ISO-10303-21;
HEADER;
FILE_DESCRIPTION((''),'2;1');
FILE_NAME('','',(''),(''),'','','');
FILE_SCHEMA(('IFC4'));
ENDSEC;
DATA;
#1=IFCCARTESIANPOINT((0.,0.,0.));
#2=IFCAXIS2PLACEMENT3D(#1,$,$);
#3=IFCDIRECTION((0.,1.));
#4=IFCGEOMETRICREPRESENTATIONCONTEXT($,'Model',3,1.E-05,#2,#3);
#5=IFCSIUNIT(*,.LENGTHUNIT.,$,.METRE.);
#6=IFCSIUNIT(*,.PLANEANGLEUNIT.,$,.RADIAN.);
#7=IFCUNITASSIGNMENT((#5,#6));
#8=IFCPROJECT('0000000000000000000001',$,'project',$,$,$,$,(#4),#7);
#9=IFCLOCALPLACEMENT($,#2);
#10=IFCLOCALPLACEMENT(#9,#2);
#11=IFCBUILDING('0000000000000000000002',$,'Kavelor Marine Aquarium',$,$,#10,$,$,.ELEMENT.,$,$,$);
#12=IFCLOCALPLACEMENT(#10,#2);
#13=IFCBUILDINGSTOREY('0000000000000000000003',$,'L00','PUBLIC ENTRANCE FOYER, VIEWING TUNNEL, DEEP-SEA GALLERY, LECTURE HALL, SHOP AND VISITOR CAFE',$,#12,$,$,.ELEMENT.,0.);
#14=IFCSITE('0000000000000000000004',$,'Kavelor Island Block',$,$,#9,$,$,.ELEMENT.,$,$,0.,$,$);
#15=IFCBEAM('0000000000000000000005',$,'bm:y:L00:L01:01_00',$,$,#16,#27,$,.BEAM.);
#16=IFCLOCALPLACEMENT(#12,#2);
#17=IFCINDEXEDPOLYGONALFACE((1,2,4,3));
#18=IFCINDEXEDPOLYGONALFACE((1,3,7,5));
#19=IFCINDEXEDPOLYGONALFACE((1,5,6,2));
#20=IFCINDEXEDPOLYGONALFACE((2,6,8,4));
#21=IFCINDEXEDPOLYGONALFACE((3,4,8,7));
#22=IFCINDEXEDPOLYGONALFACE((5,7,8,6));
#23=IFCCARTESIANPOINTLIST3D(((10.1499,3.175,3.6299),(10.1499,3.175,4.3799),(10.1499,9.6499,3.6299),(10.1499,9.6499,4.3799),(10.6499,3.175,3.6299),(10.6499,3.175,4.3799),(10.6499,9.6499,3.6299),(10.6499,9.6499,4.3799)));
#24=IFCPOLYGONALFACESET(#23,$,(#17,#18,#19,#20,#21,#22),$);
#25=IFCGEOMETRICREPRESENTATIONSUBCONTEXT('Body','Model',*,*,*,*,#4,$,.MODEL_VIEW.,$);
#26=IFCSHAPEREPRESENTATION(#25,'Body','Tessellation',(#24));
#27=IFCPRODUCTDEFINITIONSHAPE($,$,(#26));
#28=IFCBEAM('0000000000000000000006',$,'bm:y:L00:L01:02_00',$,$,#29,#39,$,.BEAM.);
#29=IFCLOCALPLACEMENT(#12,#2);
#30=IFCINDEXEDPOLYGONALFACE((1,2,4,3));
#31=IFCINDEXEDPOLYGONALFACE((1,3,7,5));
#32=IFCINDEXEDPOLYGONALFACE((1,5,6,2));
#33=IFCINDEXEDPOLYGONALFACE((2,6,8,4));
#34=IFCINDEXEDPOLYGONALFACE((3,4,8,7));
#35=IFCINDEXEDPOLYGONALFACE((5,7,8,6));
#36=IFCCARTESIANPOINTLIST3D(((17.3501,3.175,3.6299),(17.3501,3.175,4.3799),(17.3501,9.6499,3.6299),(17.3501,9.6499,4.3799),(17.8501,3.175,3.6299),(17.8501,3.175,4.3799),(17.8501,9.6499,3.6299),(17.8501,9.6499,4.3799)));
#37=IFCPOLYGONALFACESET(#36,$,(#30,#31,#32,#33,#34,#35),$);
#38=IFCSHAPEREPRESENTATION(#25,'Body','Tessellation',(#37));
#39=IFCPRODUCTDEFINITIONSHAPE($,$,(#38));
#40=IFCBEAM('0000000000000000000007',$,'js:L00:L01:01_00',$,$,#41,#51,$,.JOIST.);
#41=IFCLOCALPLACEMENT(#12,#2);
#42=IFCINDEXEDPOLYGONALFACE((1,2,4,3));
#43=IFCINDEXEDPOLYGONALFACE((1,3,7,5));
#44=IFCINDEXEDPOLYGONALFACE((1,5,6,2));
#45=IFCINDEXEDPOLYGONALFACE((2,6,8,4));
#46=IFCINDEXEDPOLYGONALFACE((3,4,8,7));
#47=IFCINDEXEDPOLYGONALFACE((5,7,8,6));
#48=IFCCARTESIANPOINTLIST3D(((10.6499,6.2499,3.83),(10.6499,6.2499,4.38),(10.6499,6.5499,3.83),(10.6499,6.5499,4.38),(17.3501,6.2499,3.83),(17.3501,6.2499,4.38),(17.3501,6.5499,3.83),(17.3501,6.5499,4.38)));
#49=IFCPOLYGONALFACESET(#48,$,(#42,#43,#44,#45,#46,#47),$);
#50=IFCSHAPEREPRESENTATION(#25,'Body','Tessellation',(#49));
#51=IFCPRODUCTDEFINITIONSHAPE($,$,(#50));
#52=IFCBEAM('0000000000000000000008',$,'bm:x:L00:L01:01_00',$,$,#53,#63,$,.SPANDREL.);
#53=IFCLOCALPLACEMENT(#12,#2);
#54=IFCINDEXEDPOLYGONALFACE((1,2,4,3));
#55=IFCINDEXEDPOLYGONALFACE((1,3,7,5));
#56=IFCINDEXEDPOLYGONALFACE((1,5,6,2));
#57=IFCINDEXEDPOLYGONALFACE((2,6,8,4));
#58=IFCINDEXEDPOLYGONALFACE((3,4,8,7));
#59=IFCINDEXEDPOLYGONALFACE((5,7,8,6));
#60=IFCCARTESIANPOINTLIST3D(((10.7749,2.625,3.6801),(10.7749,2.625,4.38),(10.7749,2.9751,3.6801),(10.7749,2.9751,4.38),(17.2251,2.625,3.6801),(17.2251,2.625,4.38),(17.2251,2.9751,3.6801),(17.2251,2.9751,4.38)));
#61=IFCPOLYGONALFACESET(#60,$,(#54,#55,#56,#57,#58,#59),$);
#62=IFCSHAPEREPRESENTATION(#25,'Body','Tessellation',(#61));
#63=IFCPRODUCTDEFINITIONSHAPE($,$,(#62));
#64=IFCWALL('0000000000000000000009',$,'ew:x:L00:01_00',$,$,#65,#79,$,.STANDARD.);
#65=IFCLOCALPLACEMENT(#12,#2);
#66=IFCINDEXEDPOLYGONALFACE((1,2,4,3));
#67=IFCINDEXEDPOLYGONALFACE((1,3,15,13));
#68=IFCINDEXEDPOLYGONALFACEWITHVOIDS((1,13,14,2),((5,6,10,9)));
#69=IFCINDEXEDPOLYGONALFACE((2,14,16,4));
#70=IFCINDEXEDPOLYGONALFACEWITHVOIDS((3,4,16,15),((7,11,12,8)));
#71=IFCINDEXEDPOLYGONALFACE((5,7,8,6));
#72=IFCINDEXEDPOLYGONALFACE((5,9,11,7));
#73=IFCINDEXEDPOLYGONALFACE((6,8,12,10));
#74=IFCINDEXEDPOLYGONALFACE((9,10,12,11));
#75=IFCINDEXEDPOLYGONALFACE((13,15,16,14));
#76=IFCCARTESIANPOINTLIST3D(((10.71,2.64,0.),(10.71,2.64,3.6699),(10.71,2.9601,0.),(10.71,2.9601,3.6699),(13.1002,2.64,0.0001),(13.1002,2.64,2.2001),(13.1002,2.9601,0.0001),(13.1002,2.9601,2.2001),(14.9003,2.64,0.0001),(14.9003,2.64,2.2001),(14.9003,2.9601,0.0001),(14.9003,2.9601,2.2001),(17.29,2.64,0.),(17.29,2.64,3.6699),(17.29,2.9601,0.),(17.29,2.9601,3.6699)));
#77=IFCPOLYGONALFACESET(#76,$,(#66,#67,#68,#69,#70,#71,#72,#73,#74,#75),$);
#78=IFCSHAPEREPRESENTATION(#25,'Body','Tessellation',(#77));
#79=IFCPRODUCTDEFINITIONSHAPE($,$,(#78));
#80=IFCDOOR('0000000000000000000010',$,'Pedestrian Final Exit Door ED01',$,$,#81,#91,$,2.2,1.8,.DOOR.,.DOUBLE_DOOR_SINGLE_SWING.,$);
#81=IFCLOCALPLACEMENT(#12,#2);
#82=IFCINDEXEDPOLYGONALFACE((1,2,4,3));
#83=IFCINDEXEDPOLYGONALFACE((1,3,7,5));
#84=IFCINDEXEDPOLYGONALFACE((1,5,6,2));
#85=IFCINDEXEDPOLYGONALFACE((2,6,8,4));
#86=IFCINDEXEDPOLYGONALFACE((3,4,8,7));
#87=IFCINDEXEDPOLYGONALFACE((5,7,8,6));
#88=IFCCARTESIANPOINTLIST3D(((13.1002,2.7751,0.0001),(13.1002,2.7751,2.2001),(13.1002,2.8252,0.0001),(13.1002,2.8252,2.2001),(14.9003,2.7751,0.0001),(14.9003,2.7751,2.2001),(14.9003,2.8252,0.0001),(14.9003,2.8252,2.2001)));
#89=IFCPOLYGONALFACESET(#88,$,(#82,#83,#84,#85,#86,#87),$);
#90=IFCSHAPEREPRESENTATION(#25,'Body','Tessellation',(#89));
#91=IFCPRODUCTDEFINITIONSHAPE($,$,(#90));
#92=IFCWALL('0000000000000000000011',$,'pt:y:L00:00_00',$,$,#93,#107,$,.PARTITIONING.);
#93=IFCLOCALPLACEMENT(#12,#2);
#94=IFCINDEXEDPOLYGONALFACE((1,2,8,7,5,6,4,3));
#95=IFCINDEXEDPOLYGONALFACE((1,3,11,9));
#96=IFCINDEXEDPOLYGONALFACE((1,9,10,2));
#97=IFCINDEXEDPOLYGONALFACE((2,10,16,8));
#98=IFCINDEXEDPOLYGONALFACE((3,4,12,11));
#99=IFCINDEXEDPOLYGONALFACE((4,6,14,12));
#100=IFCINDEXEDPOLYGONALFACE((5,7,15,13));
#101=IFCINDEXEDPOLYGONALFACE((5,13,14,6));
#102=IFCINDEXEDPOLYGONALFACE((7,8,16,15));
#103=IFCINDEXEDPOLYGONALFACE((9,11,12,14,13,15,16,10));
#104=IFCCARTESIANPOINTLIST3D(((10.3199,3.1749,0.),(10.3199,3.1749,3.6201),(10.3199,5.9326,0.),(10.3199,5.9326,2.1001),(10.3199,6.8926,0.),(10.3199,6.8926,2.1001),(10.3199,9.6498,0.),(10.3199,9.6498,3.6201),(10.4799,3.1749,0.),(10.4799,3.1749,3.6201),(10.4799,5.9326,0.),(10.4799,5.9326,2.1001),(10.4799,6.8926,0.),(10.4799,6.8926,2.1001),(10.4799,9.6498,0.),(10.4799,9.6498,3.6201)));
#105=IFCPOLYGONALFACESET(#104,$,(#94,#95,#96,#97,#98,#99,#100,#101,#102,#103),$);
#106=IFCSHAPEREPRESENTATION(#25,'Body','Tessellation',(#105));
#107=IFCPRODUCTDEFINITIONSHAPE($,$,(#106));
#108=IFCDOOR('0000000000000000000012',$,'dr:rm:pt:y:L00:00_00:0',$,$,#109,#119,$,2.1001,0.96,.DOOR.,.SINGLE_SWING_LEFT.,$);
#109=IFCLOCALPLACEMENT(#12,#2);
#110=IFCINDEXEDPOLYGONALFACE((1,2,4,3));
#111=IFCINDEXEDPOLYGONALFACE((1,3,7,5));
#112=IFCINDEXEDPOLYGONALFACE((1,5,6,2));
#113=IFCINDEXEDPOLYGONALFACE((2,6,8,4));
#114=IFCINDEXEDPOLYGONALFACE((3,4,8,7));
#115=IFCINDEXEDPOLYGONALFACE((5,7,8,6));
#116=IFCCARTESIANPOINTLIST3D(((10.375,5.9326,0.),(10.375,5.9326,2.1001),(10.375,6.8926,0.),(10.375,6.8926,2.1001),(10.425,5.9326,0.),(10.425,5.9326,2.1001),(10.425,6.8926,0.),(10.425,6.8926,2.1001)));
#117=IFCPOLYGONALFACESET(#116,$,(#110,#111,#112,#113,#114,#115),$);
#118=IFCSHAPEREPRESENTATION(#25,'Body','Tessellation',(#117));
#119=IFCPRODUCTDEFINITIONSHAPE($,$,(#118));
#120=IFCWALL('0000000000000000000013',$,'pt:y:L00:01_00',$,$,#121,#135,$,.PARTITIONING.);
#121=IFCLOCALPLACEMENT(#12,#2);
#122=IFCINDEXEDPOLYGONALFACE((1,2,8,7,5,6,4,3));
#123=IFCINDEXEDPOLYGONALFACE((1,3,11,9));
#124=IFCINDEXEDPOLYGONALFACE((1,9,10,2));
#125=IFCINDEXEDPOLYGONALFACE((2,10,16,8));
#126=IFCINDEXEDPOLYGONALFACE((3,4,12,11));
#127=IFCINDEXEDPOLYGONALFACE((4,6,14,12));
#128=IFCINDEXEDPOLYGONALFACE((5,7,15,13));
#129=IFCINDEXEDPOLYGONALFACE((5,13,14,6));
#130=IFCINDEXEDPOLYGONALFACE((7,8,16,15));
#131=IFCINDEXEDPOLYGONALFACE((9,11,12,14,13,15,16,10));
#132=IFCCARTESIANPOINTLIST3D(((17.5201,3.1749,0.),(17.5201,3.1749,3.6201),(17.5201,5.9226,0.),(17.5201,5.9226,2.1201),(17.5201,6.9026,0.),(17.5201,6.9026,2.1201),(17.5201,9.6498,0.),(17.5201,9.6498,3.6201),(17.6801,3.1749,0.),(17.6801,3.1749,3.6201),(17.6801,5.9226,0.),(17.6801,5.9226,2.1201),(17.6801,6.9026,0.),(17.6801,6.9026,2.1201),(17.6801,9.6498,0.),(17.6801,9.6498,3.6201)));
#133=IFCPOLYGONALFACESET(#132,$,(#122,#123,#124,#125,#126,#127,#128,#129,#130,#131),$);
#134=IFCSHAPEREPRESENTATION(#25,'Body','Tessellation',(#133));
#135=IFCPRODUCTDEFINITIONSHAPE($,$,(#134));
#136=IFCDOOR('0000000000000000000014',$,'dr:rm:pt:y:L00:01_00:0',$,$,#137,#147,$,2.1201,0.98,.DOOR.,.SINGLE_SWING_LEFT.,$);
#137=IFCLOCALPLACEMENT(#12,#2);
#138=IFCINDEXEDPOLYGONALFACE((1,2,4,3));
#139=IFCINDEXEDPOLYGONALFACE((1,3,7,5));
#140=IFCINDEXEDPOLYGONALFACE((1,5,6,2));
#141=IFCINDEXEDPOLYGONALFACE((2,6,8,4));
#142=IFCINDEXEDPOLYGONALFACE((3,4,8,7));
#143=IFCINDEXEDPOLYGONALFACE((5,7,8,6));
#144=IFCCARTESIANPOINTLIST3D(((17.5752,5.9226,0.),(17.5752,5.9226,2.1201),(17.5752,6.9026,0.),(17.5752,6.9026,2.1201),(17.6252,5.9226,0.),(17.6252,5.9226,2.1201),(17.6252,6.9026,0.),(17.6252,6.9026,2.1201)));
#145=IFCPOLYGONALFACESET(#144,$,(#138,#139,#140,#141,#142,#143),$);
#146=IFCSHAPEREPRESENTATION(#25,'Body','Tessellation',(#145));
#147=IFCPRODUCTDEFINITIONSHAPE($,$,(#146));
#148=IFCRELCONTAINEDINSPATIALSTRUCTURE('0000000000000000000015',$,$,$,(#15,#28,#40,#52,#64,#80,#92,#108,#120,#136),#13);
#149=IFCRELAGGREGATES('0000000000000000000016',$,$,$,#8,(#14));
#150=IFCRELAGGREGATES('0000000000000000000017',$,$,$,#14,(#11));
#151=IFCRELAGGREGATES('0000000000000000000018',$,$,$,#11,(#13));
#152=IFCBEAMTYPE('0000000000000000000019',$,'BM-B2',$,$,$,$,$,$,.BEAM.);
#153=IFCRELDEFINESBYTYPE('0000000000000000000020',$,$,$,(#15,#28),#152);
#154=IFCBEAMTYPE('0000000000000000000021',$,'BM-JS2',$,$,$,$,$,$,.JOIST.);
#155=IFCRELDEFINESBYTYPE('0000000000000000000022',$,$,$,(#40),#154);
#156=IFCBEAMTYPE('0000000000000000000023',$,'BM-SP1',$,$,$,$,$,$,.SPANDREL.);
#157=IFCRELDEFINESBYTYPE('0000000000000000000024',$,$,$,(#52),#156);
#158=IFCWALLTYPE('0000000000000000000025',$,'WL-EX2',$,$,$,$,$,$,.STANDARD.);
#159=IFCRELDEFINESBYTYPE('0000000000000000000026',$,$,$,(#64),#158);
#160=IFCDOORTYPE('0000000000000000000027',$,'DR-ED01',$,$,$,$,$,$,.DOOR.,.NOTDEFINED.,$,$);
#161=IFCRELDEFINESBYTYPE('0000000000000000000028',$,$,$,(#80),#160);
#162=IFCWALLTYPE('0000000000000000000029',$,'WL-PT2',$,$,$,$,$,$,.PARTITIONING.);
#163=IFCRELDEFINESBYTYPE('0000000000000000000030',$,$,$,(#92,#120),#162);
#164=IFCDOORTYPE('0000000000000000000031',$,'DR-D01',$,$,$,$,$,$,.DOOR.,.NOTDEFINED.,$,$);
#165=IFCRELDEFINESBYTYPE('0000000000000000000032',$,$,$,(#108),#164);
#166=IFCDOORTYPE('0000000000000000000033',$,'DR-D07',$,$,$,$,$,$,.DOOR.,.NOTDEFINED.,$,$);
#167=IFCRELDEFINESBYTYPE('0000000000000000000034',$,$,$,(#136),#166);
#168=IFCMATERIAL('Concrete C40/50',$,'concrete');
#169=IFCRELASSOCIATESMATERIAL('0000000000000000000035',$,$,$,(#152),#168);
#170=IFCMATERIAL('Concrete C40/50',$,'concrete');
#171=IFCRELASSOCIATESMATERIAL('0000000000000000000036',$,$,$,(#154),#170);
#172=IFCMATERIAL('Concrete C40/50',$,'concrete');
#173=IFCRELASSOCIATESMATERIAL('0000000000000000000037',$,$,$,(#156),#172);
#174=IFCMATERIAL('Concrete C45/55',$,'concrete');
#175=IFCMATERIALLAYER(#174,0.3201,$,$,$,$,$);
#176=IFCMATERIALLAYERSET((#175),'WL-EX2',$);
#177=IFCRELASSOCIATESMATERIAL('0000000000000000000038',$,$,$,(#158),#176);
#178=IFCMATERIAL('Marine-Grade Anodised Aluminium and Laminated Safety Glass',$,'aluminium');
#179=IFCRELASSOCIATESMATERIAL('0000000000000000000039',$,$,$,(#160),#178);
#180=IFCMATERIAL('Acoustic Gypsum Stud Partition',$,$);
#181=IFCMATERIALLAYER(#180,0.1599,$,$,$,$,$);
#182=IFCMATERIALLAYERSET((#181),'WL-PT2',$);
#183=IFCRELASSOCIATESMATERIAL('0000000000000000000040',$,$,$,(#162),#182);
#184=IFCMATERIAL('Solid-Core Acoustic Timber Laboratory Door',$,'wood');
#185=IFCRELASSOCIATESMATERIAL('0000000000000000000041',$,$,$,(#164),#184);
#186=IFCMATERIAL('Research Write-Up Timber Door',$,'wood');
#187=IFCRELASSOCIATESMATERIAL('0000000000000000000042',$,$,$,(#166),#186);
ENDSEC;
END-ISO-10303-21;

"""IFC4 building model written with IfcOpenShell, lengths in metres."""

from ifc_helpers import new_model, si_unit, direction, frame, frame_2d, origin, origin_2d, place, context, subcontext, project, spatial, rectangle, extrude, material, layer, layer_set, material_profile, profile_set, type_object, element, fill, save


model = new_model("IFC4")

# Units and contexts
model_context = context("Model", 3, precision=1e-05, world=origin(), true_north=direction((0.0, 1.0)))
body_context = subcontext(model_context, "Body", "Model", "MODEL_VIEW")
ifc_project = project(units=[si_unit("LENGTHUNIT", "METRE"), si_unit("PLANEANGLEUNIT", "RADIAN")], contexts=[model_context])

# Site, building, storey
site_placement = place(None, origin())
site = spatial("IfcSite", under=ifc_project, at=site_placement, Name="Kavelor Island Block", CompositionType="ELEMENT", RefElevation=0.0)
building_placement = place(site_placement, origin())
building = spatial("IfcBuilding", under=site, at=building_placement, Name="Kavelor Marine Aquarium", CompositionType="ELEMENT")
storey_placement = place(building_placement, origin())
storey = spatial("IfcBuildingStorey", under=building, at=storey_placement, Name="L00", Description="PUBLIC ENTRANCE FOYER, VIEWING TUNNEL, DEEP-SEA GALLERY, LECTURE HALL, SHOP AND VISITOR CAFE", CompositionType="ELEMENT", Elevation=0.0)

# Beams
ifc_material_1 = material(Name="Concrete C40/50", Category="concrete")
ifc_material_profile_1 = material_profile(ifc_material_1, rectangle(XDim=0.5, YDim=0.75, at=origin_2d()), Name="RC-BM 500x750")
ifc_profile_set_1 = profile_set([ifc_material_profile_1], Name="Concrete C40/50")
beam_type_1 = type_object("IfcBeamType", Name="BM-B2", PredefinedType="BEAM", material=ifc_profile_set_1)
for number, where, z_axis, x_axis, name in (
    (1, (10.3999, 3.175, 4.0049), (0.0, 1.0, 0.0), (-1.0, 0.0, 0.0), "bm:y:L00:L01:01_00"),
    (2, (17.6001, 3.175, 4.0049), (0.0, 1.0, 0.0), (-1.0, 0.0, 0.0), "bm:y:L00:L01:02_00"),
):
    element("IfcBeam", number, at=place(storey_placement, frame(where, z_axis=z_axis, x_axis=x_axis)), inside=storey, type_object=beam_type_1, Name=name, PredefinedType="BEAM", context=body_context, shape_type="SweptSolid", body=[
        extrude(rectangle(XDim=0.5, YDim=0.75, at=origin_2d()), origin(), (0.0, 0.0, 1.0), 6.4749),
    ])
ifc_material_2 = material(Name="Concrete C40/50", Category="concrete")
ifc_material_profile_2 = material_profile(ifc_material_2, rectangle(XDim=0.3, YDim=0.55, at=origin_2d()), Name="RC-JS 300x550")
ifc_profile_set_2 = profile_set([ifc_material_profile_2], Name="Concrete C40/50")
beam_type_2 = type_object("IfcBeamType", Name="BM-JS2", PredefinedType="JOIST", material=ifc_profile_set_2)
beam_1_placement = place(storey_placement, frame((10.6499, 6.3999, 4.105), z_axis=(1.0, 0.0, 0.0), x_axis=(0.0, 1.0, 0.0)))
element("IfcBeam", 3, at=beam_1_placement, inside=storey, type_object=beam_type_2, Name="js:L00:L01:01_00", PredefinedType="JOIST", context=body_context, shape_type="SweptSolid", body=[
    extrude(rectangle(XDim=0.3, YDim=0.55, at=origin_2d()), origin(), (0.0, 0.0, 1.0), 6.7002),
])
ifc_material_3 = material(Name="Concrete C40/50", Category="concrete")
ifc_material_profile_3 = material_profile(ifc_material_3, rectangle(XDim=0.3501, YDim=0.7, at=origin_2d()), Name="RC-SP 350x700")
ifc_profile_set_3 = profile_set([ifc_material_profile_3], Name="Concrete C40/50")
beam_type_3 = type_object("IfcBeamType", Name="BM-SP1", PredefinedType="SPANDREL", material=ifc_profile_set_3)
beam_2_placement = place(storey_placement, frame((10.7749, 2.8, 4.03), z_axis=(1.0, 0.0, 0.0), x_axis=(0.0, 1.0, 0.0)))
element("IfcBeam", 4, at=beam_2_placement, inside=storey, type_object=beam_type_3, Name="bm:x:L00:L01:01_00", PredefinedType="SPANDREL", context=body_context, shape_type="SweptSolid", body=[
    extrude(rectangle(XDim=0.3501, YDim=0.7, at=origin_2d()), origin(), (0.0, 0.0, 1.0), 6.4502),
])

# Walls, openings, doors
ifc_material_4 = material(Name="Concrete C45/55", Category="concrete")
ifc_layer_1 = layer(ifc_material_4, 0.3201)
ifc_layer_set_1 = layer_set([ifc_layer_1], Name="WL-EX2")
wall_type_1 = type_object("IfcWallType", Name="WL-EX2", PredefinedType="STANDARD", material=ifc_layer_set_1)
wall_1_placement = place(storey_placement, frame((17.29, 2.8, 0.0), z_axis=(0.0, 0.0, 1.0), x_axis=(-1.0, 0.0, 0.0)))
wall_1 = element("IfcWall", 5, at=wall_1_placement, inside=storey, type_object=wall_type_1, Name="ew:x:L00:01_00", PredefinedType="STANDARD", context=body_context, shape_type="SweptSolid", body=[
    extrude(rectangle(XDim=6.5801, YDim=0.3201, at=frame_2d((3.29, 0.0))), origin(), (0.0, 0.0, 1.0), 3.6699),
])
opening_1_placement = place(wall_1_placement, frame((2.3899, 0.0, 0.0)))
opening_1 = element("IfcOpeningElement", 6, at=opening_1_placement, cuts=wall_1, PredefinedType="OPENING", context=body_context, shape_type="SweptSolid", body=[
    extrude(rectangle(XDim=1.8, YDim=2.2, at=frame_2d((0.8999, 1.1001))), frame((0.0, 0.1699, 0.0), z_axis=(0.0, -1.0, 0.0), x_axis=(1.0, 0.0, 0.0)), (0.0, 0.0, 1.0), 0.3401),
])
ifc_material_5 = material(Name="Marine-Grade Anodised Aluminium and Laminated Safety Glass", Category="aluminium")
door_type_1 = type_object("IfcDoorType", Name="DR-ED01", OperationType="NOTDEFINED", PredefinedType="DOOR", material=ifc_material_5)
door_1_placement = place(opening_1_placement, origin())
door_1 = element("IfcDoor", 7, at=door_1_placement, inside=storey, type_object=door_type_1, Name="Pedestrian Final Exit Door ED01", OperationType="DOUBLE_DOOR_SINGLE_SWING", OverallHeight=2.2, OverallWidth=1.8, PredefinedType="DOOR", context=body_context, shape_type="SweptSolid", body=[
    extrude(rectangle(XDim=1.8, YDim=2.2, at=frame_2d((0.8999, 1.1001))), frame((0.0, 0.0249, 0.0), z_axis=(0.0, -1.0, 0.0), x_axis=(1.0, 0.0, 0.0)), (0.0, 0.0, 1.0), 0.05),
])
fill(opening_1, door_1)
ifc_material_6 = material(Name="Acoustic Gypsum Stud Partition")
ifc_layer_2 = layer(ifc_material_6, 0.1599)
ifc_layer_set_2 = layer_set([ifc_layer_2], Name="WL-PT2")
wall_type_2 = type_object("IfcWallType", Name="WL-PT2", PredefinedType="PARTITIONING", material=ifc_layer_set_2)
wall_2_placement = place(storey_placement, frame((10.3999, 3.175, 0.0), z_axis=(0.0, 0.0, 1.0), x_axis=(0.0, 1.0, 0.0)))
wall_2 = element("IfcWall", 8, at=wall_2_placement, inside=storey, type_object=wall_type_2, Name="pt:y:L00:00_00", PredefinedType="PARTITIONING", context=body_context, shape_type="SweptSolid", body=[
    extrude(rectangle(XDim=6.4749, YDim=0.1599, at=frame_2d((3.2373, 0.0))), origin(), (0.0, 0.0, 1.0), 3.6201),
])
opening_2_placement = place(wall_2_placement, frame((2.7576, 0.0, 0.0)))
opening_2 = element("IfcOpeningElement", 9, at=opening_2_placement, cuts=wall_2, PredefinedType="OPENING", context=body_context, shape_type="SweptSolid", body=[
    extrude(rectangle(XDim=0.96, YDim=2.1001, at=frame_2d((0.48, 1.05))), frame((0.0, 0.0898, 0.0), z_axis=(0.0, -1.0, 0.0), x_axis=(1.0, 0.0, 0.0)), (0.0, 0.0, 1.0), 0.1799),
])
ifc_material_7 = material(Name="Solid-Core Acoustic Timber Laboratory Door", Category="wood")
door_type_2 = type_object("IfcDoorType", Name="DR-D01", OperationType="NOTDEFINED", PredefinedType="DOOR", material=ifc_material_7)
door_2_placement = place(opening_2_placement, origin())
door_2 = element("IfcDoor", 10, at=door_2_placement, inside=storey, type_object=door_type_2, Name="dr:rm:pt:y:L00:00_00:0", OperationType="SINGLE_SWING_LEFT", OverallHeight=2.1001, OverallWidth=0.96, PredefinedType="DOOR", context=body_context, shape_type="SweptSolid", body=[
    extrude(rectangle(XDim=0.96, YDim=2.1001, at=frame_2d((0.48, 1.05))), frame((0.0, 0.0249, 0.0), z_axis=(0.0, -1.0, 0.0), x_axis=(1.0, 0.0, 0.0)), (0.0, 0.0, 1.0), 0.05),
])
fill(opening_2, door_2)
wall_3_placement = place(storey_placement, frame((17.6001, 3.175, 0.0), z_axis=(0.0, 0.0, 1.0), x_axis=(0.0, 1.0, 0.0)))
wall_3 = element("IfcWall", 11, at=wall_3_placement, inside=storey, type_object=wall_type_2, Name="pt:y:L00:01_00", PredefinedType="PARTITIONING", context=body_context, shape_type="SweptSolid", body=[
    extrude(rectangle(XDim=6.4749, YDim=0.1599, at=frame_2d((3.2373, 0.0))), origin(), (0.0, 0.0, 1.0), 3.6201),
])
opening_3_placement = place(wall_3_placement, frame((2.7476, 0.0, 0.0)))
opening_3 = element("IfcOpeningElement", 12, at=opening_3_placement, cuts=wall_3, PredefinedType="OPENING", context=body_context, shape_type="SweptSolid", body=[
    extrude(rectangle(XDim=0.98, YDim=2.1201, at=frame_2d((0.49, 1.0601))), frame((0.0, 0.0898, 0.0), z_axis=(0.0, -1.0, 0.0), x_axis=(1.0, 0.0, 0.0)), (0.0, 0.0, 1.0), 0.1799),
])
ifc_material_8 = material(Name="Research Write-Up Timber Door", Category="wood")
door_type_3 = type_object("IfcDoorType", Name="DR-D07", OperationType="NOTDEFINED", PredefinedType="DOOR", material=ifc_material_8)
door_3_placement = place(opening_3_placement, origin())
door_3 = element("IfcDoor", 13, at=door_3_placement, inside=storey, type_object=door_type_3, Name="dr:rm:pt:y:L00:01_00:0", OperationType="SINGLE_SWING_LEFT", OverallHeight=2.1201, OverallWidth=0.98, PredefinedType="DOOR", context=body_context, shape_type="SweptSolid", body=[
    extrude(rectangle(XDim=0.98, YDim=2.1201, at=frame_2d((0.49, 1.0601))), frame((0.0, 0.0249, 0.0), z_axis=(0.0, -1.0, 0.0), x_axis=(1.0, 0.0, 0.0)), (0.0, 0.0, 1.0), 0.05),
])
fill(opening_3, door_3)

save(model, "model.ifc")
